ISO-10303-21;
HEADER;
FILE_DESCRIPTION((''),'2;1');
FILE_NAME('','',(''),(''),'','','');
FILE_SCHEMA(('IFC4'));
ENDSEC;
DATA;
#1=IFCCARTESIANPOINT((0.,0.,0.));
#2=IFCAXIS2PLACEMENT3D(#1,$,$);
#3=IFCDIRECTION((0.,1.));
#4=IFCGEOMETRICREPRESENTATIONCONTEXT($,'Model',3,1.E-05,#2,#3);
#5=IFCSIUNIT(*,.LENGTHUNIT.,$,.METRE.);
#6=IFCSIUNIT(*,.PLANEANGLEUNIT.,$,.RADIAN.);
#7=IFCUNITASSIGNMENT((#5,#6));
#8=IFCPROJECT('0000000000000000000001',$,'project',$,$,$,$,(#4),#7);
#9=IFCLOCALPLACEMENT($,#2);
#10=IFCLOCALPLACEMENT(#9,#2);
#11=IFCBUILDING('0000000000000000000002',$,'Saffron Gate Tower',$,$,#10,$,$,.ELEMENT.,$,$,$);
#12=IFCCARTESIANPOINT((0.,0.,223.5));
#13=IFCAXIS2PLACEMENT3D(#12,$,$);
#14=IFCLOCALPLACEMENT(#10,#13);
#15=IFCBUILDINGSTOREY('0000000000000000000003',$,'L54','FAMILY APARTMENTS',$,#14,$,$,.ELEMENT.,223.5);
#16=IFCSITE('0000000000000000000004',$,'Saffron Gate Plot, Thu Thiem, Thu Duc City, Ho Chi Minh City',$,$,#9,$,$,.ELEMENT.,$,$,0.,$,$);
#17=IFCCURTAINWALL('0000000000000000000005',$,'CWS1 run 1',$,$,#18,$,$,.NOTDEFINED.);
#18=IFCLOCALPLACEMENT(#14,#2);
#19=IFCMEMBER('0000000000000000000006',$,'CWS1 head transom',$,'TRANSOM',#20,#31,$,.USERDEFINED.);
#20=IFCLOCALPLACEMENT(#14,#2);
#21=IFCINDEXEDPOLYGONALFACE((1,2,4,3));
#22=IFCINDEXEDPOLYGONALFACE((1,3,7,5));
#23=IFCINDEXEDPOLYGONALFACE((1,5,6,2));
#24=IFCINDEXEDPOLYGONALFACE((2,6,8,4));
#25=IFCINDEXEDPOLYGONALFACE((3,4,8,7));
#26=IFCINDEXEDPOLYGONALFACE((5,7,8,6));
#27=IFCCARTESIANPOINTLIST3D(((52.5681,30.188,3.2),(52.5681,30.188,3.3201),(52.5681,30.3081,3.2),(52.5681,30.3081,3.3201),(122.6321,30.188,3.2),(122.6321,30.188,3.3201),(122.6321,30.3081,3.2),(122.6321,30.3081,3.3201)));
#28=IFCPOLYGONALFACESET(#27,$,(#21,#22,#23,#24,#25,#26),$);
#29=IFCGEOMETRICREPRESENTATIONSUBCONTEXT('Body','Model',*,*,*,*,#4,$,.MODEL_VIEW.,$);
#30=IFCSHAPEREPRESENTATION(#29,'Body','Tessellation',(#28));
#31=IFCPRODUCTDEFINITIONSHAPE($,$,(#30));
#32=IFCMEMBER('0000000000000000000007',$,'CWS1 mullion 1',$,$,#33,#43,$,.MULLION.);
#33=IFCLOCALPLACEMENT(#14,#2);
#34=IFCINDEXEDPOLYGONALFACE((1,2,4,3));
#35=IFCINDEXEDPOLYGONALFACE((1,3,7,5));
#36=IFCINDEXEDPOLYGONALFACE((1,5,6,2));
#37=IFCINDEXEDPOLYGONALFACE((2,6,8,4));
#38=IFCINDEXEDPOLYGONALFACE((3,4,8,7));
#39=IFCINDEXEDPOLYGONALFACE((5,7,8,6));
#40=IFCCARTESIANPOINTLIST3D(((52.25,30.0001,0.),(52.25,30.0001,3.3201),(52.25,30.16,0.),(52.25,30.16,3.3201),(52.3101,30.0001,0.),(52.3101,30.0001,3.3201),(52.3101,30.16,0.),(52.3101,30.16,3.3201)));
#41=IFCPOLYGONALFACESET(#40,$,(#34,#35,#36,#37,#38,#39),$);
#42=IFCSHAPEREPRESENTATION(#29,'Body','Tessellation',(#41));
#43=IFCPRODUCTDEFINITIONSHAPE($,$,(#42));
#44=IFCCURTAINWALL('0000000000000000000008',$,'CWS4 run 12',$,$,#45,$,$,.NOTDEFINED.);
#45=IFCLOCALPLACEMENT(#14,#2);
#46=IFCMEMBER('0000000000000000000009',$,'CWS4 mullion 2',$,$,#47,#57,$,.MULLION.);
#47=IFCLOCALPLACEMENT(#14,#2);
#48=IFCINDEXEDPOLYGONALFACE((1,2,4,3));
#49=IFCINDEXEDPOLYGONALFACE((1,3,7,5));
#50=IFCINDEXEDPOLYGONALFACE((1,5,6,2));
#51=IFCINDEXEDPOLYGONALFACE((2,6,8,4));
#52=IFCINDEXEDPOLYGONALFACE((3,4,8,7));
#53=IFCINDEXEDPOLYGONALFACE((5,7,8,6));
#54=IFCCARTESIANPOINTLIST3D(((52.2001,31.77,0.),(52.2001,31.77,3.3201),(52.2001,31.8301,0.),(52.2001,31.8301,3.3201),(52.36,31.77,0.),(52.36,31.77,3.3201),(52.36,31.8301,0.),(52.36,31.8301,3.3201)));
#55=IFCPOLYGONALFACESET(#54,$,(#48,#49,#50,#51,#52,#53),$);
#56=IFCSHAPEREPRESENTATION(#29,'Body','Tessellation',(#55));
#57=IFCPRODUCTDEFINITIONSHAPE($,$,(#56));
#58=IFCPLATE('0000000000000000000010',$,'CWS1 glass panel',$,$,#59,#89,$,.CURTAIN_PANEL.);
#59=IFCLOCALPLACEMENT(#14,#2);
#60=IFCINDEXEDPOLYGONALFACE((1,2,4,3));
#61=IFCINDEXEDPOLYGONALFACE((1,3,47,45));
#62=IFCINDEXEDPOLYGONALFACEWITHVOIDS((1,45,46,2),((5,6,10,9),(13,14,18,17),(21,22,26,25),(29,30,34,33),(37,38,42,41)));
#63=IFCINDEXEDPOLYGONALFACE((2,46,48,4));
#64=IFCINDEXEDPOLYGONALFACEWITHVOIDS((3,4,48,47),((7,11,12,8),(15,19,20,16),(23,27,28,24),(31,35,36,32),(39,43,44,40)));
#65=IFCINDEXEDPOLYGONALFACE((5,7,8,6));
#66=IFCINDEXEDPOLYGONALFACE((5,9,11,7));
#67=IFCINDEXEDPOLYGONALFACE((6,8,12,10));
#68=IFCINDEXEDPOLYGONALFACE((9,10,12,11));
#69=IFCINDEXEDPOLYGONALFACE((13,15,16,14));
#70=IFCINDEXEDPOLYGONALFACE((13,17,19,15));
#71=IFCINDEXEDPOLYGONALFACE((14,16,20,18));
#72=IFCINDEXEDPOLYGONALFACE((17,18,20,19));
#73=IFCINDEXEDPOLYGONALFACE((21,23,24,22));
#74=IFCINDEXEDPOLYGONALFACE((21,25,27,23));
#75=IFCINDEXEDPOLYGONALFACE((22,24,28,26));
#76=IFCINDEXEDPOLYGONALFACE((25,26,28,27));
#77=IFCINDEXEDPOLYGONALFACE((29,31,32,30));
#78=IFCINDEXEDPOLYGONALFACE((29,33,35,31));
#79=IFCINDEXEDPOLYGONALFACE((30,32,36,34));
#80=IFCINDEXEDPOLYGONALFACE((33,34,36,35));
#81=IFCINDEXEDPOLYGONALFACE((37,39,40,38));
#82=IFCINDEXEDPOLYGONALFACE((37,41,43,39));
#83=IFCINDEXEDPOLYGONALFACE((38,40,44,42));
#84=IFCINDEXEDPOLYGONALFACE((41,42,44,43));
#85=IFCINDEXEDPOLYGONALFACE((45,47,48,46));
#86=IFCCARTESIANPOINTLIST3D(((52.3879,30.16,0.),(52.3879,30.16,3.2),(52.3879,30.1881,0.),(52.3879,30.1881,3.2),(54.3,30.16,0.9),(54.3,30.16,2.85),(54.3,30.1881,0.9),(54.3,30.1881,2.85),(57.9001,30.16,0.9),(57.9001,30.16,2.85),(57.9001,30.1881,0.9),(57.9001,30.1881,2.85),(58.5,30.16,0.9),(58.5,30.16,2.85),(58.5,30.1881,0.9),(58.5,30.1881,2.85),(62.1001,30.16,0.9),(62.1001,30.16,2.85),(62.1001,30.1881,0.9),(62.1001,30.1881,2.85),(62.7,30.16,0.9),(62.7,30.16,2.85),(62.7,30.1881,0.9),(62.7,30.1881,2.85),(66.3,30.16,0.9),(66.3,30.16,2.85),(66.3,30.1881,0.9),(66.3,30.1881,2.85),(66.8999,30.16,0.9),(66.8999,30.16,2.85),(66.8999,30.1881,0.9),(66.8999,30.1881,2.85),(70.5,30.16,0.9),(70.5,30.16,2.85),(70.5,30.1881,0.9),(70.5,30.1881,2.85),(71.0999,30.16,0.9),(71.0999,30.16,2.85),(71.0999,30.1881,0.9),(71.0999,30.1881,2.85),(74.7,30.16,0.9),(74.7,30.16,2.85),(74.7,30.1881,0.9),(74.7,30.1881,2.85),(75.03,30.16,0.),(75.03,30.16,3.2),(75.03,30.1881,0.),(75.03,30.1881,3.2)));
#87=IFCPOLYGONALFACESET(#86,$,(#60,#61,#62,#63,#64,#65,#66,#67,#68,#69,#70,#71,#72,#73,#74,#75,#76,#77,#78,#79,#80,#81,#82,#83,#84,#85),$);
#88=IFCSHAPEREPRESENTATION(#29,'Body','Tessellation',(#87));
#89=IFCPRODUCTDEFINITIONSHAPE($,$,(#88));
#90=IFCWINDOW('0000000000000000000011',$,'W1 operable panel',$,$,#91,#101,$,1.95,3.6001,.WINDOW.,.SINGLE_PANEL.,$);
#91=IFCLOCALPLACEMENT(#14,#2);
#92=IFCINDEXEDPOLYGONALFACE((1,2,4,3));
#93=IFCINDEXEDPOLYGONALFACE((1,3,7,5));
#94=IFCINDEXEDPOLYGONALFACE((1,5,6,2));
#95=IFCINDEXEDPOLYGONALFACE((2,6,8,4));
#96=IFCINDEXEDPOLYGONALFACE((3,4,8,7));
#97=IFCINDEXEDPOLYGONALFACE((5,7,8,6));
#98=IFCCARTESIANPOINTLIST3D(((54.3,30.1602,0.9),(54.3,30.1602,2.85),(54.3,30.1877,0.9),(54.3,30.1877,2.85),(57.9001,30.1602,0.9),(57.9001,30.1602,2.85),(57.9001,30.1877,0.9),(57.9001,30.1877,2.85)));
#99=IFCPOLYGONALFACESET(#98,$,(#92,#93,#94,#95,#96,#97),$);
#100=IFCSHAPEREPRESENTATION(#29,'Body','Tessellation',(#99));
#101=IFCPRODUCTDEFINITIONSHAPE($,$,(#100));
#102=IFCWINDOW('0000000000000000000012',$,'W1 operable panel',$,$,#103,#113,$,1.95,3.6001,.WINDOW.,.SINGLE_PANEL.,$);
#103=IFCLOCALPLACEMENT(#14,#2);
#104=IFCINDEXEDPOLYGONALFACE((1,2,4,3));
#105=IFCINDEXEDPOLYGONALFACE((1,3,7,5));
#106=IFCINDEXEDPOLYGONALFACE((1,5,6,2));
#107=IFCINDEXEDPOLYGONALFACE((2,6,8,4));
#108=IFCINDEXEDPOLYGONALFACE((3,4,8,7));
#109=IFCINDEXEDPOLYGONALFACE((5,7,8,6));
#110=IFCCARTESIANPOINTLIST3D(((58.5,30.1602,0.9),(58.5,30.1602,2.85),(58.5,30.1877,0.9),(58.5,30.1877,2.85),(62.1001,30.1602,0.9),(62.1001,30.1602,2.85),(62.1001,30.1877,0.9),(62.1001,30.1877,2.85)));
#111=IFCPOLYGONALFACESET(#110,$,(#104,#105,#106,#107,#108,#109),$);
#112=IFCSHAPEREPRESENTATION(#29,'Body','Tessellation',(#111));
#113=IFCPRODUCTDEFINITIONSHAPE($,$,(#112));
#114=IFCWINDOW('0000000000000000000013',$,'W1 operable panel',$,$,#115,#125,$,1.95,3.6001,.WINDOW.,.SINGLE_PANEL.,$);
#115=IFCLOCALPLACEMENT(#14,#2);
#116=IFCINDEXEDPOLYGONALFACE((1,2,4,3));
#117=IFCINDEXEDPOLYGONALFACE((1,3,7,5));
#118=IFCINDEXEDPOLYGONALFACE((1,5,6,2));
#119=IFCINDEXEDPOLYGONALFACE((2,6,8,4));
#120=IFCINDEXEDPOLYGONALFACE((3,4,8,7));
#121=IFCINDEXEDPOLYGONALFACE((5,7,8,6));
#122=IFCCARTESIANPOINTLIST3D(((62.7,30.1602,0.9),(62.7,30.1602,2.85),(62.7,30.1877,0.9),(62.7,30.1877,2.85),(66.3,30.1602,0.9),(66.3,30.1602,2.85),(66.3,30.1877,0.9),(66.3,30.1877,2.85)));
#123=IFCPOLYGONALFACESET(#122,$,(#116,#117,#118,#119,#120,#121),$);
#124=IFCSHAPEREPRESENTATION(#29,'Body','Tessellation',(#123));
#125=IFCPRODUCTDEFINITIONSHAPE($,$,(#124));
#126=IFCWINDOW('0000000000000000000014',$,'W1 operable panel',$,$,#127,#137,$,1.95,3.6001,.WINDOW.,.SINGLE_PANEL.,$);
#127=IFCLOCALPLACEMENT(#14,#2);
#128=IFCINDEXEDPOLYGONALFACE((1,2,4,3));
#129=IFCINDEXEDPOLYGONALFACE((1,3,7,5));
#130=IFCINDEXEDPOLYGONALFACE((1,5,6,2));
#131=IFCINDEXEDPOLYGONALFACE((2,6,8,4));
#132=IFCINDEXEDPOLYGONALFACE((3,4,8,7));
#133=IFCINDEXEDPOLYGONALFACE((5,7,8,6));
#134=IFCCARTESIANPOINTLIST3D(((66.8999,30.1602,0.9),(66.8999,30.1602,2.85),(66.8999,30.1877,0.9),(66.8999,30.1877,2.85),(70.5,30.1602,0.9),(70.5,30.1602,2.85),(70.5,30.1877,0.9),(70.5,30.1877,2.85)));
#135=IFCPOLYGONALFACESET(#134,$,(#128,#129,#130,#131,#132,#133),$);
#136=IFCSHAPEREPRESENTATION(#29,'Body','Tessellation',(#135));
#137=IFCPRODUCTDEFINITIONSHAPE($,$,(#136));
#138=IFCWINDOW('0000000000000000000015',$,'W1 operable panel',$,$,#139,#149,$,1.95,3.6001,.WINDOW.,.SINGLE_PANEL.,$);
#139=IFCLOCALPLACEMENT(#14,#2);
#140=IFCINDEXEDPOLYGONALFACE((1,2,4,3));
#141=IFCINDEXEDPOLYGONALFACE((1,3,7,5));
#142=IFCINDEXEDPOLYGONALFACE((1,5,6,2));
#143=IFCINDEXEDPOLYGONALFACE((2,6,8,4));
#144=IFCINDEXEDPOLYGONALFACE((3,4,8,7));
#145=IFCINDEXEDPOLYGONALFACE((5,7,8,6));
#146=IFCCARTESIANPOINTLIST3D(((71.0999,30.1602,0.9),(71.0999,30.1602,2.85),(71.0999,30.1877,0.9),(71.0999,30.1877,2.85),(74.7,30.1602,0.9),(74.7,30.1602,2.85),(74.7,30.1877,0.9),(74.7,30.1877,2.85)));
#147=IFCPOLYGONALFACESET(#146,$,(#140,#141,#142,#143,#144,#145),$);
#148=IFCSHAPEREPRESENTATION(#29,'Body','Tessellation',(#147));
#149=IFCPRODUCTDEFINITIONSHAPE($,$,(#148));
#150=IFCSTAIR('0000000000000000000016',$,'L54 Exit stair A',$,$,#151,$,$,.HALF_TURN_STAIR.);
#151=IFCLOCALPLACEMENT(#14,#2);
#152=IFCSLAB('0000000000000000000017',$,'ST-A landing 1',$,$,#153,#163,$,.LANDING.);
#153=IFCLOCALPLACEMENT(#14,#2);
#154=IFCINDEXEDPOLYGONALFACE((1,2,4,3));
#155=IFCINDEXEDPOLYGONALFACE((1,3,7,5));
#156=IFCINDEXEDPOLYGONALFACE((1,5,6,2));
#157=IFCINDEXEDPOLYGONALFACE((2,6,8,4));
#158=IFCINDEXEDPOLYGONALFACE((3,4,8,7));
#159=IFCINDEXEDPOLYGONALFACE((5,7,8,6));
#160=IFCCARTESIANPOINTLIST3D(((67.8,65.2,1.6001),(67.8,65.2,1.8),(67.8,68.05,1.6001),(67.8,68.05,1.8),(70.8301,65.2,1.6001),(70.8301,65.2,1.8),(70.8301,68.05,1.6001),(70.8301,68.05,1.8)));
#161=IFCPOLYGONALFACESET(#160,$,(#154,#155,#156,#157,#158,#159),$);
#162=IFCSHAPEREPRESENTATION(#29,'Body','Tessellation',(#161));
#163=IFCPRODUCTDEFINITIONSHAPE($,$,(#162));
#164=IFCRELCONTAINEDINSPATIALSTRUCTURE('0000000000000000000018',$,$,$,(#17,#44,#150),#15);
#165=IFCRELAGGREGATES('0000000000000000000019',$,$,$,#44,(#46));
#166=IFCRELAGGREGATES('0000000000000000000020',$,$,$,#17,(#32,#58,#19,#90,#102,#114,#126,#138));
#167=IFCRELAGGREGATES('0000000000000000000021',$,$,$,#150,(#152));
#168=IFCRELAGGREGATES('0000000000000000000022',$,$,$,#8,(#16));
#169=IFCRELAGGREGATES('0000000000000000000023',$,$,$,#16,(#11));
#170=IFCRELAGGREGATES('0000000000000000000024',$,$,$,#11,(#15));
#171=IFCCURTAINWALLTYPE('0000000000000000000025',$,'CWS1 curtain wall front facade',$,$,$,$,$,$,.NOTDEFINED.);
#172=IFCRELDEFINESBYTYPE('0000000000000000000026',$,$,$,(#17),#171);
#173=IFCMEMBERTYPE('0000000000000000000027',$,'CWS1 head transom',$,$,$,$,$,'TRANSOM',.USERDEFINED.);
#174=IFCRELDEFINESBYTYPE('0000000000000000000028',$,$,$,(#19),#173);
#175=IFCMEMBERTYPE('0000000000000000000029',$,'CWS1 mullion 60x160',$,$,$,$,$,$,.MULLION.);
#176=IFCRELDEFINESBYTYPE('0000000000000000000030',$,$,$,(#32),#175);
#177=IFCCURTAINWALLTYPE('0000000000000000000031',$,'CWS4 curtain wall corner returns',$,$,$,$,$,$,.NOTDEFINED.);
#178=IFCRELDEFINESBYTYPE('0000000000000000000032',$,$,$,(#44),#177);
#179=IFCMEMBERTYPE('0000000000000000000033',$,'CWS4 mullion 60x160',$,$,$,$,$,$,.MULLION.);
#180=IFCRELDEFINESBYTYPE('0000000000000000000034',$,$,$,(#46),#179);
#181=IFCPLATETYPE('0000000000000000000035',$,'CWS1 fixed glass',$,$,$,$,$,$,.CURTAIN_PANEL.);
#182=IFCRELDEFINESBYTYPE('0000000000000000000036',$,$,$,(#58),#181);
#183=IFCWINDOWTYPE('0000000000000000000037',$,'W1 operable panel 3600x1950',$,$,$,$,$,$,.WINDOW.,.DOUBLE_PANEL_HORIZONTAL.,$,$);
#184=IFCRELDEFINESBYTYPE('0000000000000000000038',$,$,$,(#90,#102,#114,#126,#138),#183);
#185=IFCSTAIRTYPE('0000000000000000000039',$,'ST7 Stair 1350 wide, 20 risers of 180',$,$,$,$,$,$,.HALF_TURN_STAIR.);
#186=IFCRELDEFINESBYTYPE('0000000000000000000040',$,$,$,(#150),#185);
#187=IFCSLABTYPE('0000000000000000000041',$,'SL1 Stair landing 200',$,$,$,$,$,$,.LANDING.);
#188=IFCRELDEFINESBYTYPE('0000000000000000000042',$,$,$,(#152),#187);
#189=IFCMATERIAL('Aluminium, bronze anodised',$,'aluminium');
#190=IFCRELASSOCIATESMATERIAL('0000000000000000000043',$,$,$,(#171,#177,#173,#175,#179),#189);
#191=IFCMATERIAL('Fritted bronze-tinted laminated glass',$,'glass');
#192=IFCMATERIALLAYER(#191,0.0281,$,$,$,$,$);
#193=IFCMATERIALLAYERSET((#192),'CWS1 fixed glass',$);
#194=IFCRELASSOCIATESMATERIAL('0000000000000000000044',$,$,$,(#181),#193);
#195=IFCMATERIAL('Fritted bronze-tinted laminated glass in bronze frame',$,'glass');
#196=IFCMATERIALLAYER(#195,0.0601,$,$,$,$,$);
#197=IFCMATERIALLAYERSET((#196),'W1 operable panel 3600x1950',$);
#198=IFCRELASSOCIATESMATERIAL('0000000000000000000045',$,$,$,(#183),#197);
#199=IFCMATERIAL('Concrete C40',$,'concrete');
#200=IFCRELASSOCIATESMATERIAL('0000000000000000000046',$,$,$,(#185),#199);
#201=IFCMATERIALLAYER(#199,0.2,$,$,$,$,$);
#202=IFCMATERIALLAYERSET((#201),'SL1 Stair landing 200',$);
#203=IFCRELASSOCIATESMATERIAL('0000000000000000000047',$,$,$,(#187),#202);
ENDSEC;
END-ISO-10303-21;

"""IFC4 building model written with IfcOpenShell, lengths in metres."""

from ifc_helpers import new_model, si_unit, direction, frame, frame_2d, origin, origin_2d, place, context, subcontext, project, spatial, polyline, rectangle, outline, extrude, material, layer, layer_set, material_profile, profile_set, type_object, element, fill, aggregate, save


model = new_model("IFC4")

# Units and contexts
model_context = context("Model", 3, precision=1e-05, world=origin(), true_north=direction((0.0, 1.0)))
body_context = subcontext(model_context, "Body", "Model", "MODEL_VIEW")
ifc_project = project(units=[si_unit("LENGTHUNIT", "METRE"), si_unit("PLANEANGLEUNIT", "RADIAN")], contexts=[model_context])

# Site, building, storey
site_placement = place(None, origin())
site = spatial("IfcSite", under=ifc_project, at=site_placement, Name="Saffron Gate Plot, Thu Thiem, Thu Duc City, Ho Chi Minh City", CompositionType="ELEMENT", RefElevation=0.0)
building_placement = place(site_placement, origin())
building = spatial("IfcBuilding", under=site, at=building_placement, Name="Saffron Gate Tower", CompositionType="ELEMENT")
storey_placement = place(building_placement, frame((0.0, 0.0, 223.5)))
storey = spatial("IfcBuildingStorey", under=building, at=storey_placement, Name="L54", Description="FAMILY APARTMENTS", CompositionType="ELEMENT", Elevation=223.5)

# Curtain wall, members
ifc_material_1 = material(Name="Aluminium, bronze anodised", Category="aluminium")
curtain_wall_type_1 = type_object("IfcCurtainWallType", Name="CWS1 curtain wall front facade", PredefinedType="NOTDEFINED", material=ifc_material_1)
curtain_wall_1_placement = place(storey_placement, origin())
curtain_wall_1 = element("IfcCurtainWall", 1, at=curtain_wall_1_placement, inside=storey, type_object=curtain_wall_type_1, Name="CWS1 run 1", PredefinedType="NOTDEFINED")
ifc_material_profile_1 = material_profile(ifc_material_1, rectangle(XDim=0.1201, YDim=0.1201, at=origin_2d()))
ifc_profile_set_1 = profile_set([ifc_material_profile_1], Name="Aluminium, bronze anodised")
member_type_1 = type_object("IfcMemberType", Name="CWS1 head transom", ElementType="TRANSOM", PredefinedType="USERDEFINED", material=ifc_profile_set_1)
member_1_placement = place(storey_placement, frame((52.5681, 30.248, 3.26), z_axis=(1.0, 0.0, 0.0), x_axis=(0.0, 1.0, 0.0)))
member_1 = element("IfcMember", 2, at=member_1_placement, type_object=member_type_1, Name="CWS1 head transom", ObjectType="TRANSOM", PredefinedType="USERDEFINED", context=body_context, shape_type="SweptSolid", body=[
    extrude(rectangle(XDim=0.1201, YDim=0.1201, at=origin_2d()), origin(), (0.0, 0.0, 1.0), 70.064),
])
ifc_material_profile_2 = material_profile(ifc_material_1, rectangle(XDim=0.1599, YDim=0.0601, at=origin_2d()))
ifc_profile_set_2 = profile_set([ifc_material_profile_2], Name="Aluminium, bronze anodised")
member_type_2 = type_object("IfcMemberType", Name="CWS1 mullion 60x160", PredefinedType="MULLION", material=ifc_profile_set_2)
member_2_placement = place(storey_placement, frame((52.28, 30.0801, 0.0), z_axis=(0.0, 0.0, 1.0), x_axis=(0.0, 1.0, 0.0)))
member_2 = element("IfcMember", 3, at=member_2_placement, type_object=member_type_2, Name="CWS1 mullion 1", PredefinedType="MULLION", context=body_context, shape_type="SweptSolid", body=[
    extrude(rectangle(XDim=0.1599, YDim=0.0601, at=origin_2d()), origin(), (0.0, 0.0, 1.0), 3.3201),
])

# Curtain wall, member
curtain_wall_type_2 = type_object("IfcCurtainWallType", Name="CWS4 curtain wall corner returns", PredefinedType="NOTDEFINED", material=ifc_material_1)
curtain_wall_2_placement = place(storey_placement, origin())
curtain_wall_2 = element("IfcCurtainWall", 4, at=curtain_wall_2_placement, inside=storey, type_object=curtain_wall_type_2, Name="CWS4 run 12", PredefinedType="NOTDEFINED")
ifc_material_profile_3 = material_profile(ifc_material_1, rectangle(XDim=0.1599, YDim=0.0601, at=origin_2d()))
ifc_profile_set_3 = profile_set([ifc_material_profile_3], Name="Aluminium, bronze anodised")
member_type_3 = type_object("IfcMemberType", Name="CWS4 mullion 60x160", PredefinedType="MULLION", material=ifc_profile_set_3)
member_3_placement = place(storey_placement, frame((52.28, 31.8, 0.0), z_axis=(0.0, 0.0, 1.0), x_axis=(1.0, 0.0, 0.0)))
member_3 = element("IfcMember", 5, at=member_3_placement, type_object=member_type_3, Name="CWS4 mullion 2", PredefinedType="MULLION", context=body_context, shape_type="SweptSolid", body=[
    extrude(rectangle(XDim=0.1599, YDim=0.0601, at=origin_2d()), origin(), (0.0, 0.0, 1.0), 3.3201),
])
aggregate(curtain_wall_2, [member_3])

# Plate, openings, windows
ifc_material_2 = material(Name="Fritted bronze-tinted laminated glass", Category="glass")
ifc_layer_1 = layer(ifc_material_2, 0.0281)
ifc_layer_set_1 = layer_set([ifc_layer_1], Name="CWS1 fixed glass")
plate_type_1 = type_object("IfcPlateType", Name="CWS1 fixed glass", PredefinedType="CURTAIN_PANEL", material=ifc_layer_set_1)
plate_1_placement = place(storey_placement, frame((52.3879, 30.1741, 0.0), z_axis=(0.0, 0.0, 1.0), x_axis=(1.0, 0.0, 0.0)))
plate_1 = element("IfcPlate", 6, at=plate_1_placement, type_object=plate_type_1, Name="CWS1 glass panel", PredefinedType="CURTAIN_PANEL", context=body_context, shape_type="SweptSolid", body=[
    extrude(rectangle(XDim=22.6421, YDim=0.0281, at=frame_2d((11.321, 0.0))), origin(), (0.0, 0.0, 1.0), 3.2),
])
opening_1_placement = place(plate_1_placement, frame((1.9121, 0.0, 0.8999)))
opening_1 = element("IfcOpeningElement", 7, at=opening_1_placement, cuts=plate_1, PredefinedType="OPENING", context=body_context, shape_type="SweptSolid", body=[
    extrude(rectangle(XDim=3.6001, YDim=1.95, at=frame_2d((1.8, 0.9751))), frame((0.0, 0.0239, 0.0), z_axis=(0.0, -1.0, 0.0), x_axis=(1.0, 0.0, 0.0)), (0.0, 0.0, 1.0), 0.0481),
])
opening_2_placement = place(plate_1_placement, frame((6.1121, 0.0, 0.8999)))
opening_2 = element("IfcOpeningElement", 8, at=opening_2_placement, cuts=plate_1, PredefinedType="OPENING", context=body_context, shape_type="SweptSolid", body=[
    extrude(rectangle(XDim=3.6001, YDim=1.95, at=frame_2d((1.8, 0.9751))), frame((0.0, 0.0239, 0.0), z_axis=(0.0, -1.0, 0.0), x_axis=(1.0, 0.0, 0.0)), (0.0, 0.0, 1.0), 0.0481),
])
opening_3_placement = place(plate_1_placement, frame((10.312, 0.0, 0.8999)))
opening_3 = element("IfcOpeningElement", 9, at=opening_3_placement, cuts=plate_1, PredefinedType="OPENING", context=body_context, shape_type="SweptSolid", body=[
    extrude(rectangle(XDim=3.6001, YDim=1.95, at=frame_2d((1.8, 0.9751))), frame((0.0, 0.0239, 0.0), z_axis=(0.0, -1.0, 0.0), x_axis=(1.0, 0.0, 0.0)), (0.0, 0.0, 1.0), 0.0481),
])
opening_4_placement = place(plate_1_placement, frame((14.512, 0.0, 0.8999)))
opening_4 = element("IfcOpeningElement", 10, at=opening_4_placement, cuts=plate_1, PredefinedType="OPENING", context=body_context, shape_type="SweptSolid", body=[
    extrude(rectangle(XDim=3.6001, YDim=1.95, at=frame_2d((1.8, 0.9751))), frame((0.0, 0.0239, 0.0), z_axis=(0.0, -1.0, 0.0), x_axis=(1.0, 0.0, 0.0)), (0.0, 0.0, 1.0), 0.0481),
])
opening_5_placement = place(plate_1_placement, frame((18.7119, 0.0, 0.8999)))
opening_5 = element("IfcOpeningElement", 11, at=opening_5_placement, cuts=plate_1, PredefinedType="OPENING", context=body_context, shape_type="SweptSolid", body=[
    extrude(rectangle(XDim=3.6001, YDim=1.95, at=frame_2d((1.8, 0.9751))), frame((0.0, 0.0239, 0.0), z_axis=(0.0, -1.0, 0.0), x_axis=(1.0, 0.0, 0.0)), (0.0, 0.0, 1.0), 0.0481),
])
ifc_material_3 = material(Name="Fritted bronze-tinted laminated glass in bronze frame", Category="glass")
ifc_layer_2 = layer(ifc_material_3, 0.0601)
ifc_layer_set_2 = layer_set([ifc_layer_2], Name="W1 operable panel 3600x1950")
window_type = type_object("IfcWindowType", Name="W1 operable panel 3600x1950", PartitioningType="DOUBLE_PANEL_HORIZONTAL", PredefinedType="WINDOW", material=ifc_layer_set_2)
window_1_placement = place(opening_1_placement, origin())
window_1 = element("IfcWindow", 12, at=window_1_placement, type_object=window_type, Name="W1 operable panel", OverallHeight=1.95, OverallWidth=3.6001, PartitioningType="SINGLE_PANEL", PredefinedType="WINDOW", context=body_context, shape_type="SweptSolid", body=[
    extrude(rectangle(XDim=3.6001, YDim=1.95, at=frame_2d((1.8, 0.9751))), frame((0.0, 0.0137, 0.0), z_axis=(0.0, -1.0, 0.0), x_axis=(1.0, 0.0, 0.0)), (0.0, 0.0, 1.0), 0.0276),
])
fill(opening_1, window_1)
window_2_placement = place(opening_2_placement, origin())
window_2 = element("IfcWindow", 13, at=window_2_placement, type_object=window_type, Name="W1 operable panel", OverallHeight=1.95, OverallWidth=3.6001, PartitioningType="SINGLE_PANEL", PredefinedType="WINDOW", context=body_context, shape_type="SweptSolid", body=[
    extrude(rectangle(XDim=3.6001, YDim=1.95, at=frame_2d((1.8, 0.9751))), frame((0.0, 0.0137, 0.0), z_axis=(0.0, -1.0, 0.0), x_axis=(1.0, 0.0, 0.0)), (0.0, 0.0, 1.0), 0.0276),
])
fill(opening_2, window_2)
window_3_placement = place(opening_3_placement, origin())
window_3 = element("IfcWindow", 14, at=window_3_placement, type_object=window_type, Name="W1 operable panel", OverallHeight=1.95, OverallWidth=3.6001, PartitioningType="SINGLE_PANEL", PredefinedType="WINDOW", context=body_context, shape_type="SweptSolid", body=[
    extrude(rectangle(XDim=3.6001, YDim=1.95, at=frame_2d((1.8, 0.9751))), frame((0.0, 0.0137, 0.0), z_axis=(0.0, -1.0, 0.0), x_axis=(1.0, 0.0, 0.0)), (0.0, 0.0, 1.0), 0.0276),
])
fill(opening_3, window_3)
window_4_placement = place(opening_4_placement, origin())
window_4 = element("IfcWindow", 15, at=window_4_placement, type_object=window_type, Name="W1 operable panel", OverallHeight=1.95, OverallWidth=3.6001, PartitioningType="SINGLE_PANEL", PredefinedType="WINDOW", context=body_context, shape_type="SweptSolid", body=[
    extrude(rectangle(XDim=3.6001, YDim=1.95, at=frame_2d((1.8, 0.9751))), frame((0.0, 0.0137, 0.0), z_axis=(0.0, -1.0, 0.0), x_axis=(1.0, 0.0, 0.0)), (0.0, 0.0, 1.0), 0.0276),
])
fill(opening_4, window_4)
window_5_placement = place(opening_5_placement, origin())
window_5 = element("IfcWindow", 16, at=window_5_placement, type_object=window_type, Name="W1 operable panel", OverallHeight=1.95, OverallWidth=3.6001, PartitioningType="SINGLE_PANEL", PredefinedType="WINDOW", context=body_context, shape_type="SweptSolid", body=[
    extrude(rectangle(XDim=3.6001, YDim=1.95, at=frame_2d((1.8, 0.9751))), frame((0.0, 0.0137, 0.0), z_axis=(0.0, -1.0, 0.0), x_axis=(1.0, 0.0, 0.0)), (0.0, 0.0, 1.0), 0.0276),
])
fill(opening_5, window_5)
aggregate(curtain_wall_1, [member_2, plate_1, member_1, window_1, window_2, window_3, window_4, window_5])

# Stair, slab
ifc_material_4 = material(Name="Concrete C40", Category="concrete")
stair_type = type_object("IfcStairType", Name="ST7 Stair 1350 wide, 20 risers of 180", PredefinedType="HALF_TURN_STAIR", material=ifc_material_4)
stair_1_placement = place(storey_placement, origin())
stair_1 = element("IfcStair", 17, at=stair_1_placement, inside=storey, type_object=stair_type, Name="L54 Exit stair A", PredefinedType="HALF_TURN_STAIR")
ifc_layer_3 = layer(ifc_material_4, 0.2)
ifc_layer_set_3 = layer_set([ifc_layer_3], Name="SL1 Stair landing 200")
slab_type_1 = type_object("IfcSlabType", Name="SL1 Stair landing 200", PredefinedType="LANDING", material=ifc_layer_set_3)
slab_1_placement = place(storey_placement, frame((0.0, 0.0, 1.6001)))
slab_1 = element("IfcSlab", 18, at=slab_1_placement, type_object=slab_type_1, Name="ST-A landing 1", PredefinedType="LANDING", context=body_context, shape_type="SweptSolid", body=[
    extrude(outline(polyline([(70.8301, 68.05), (67.8, 68.05), (67.8, 65.2), (70.8301, 65.2), (70.8301, 68.05)])), origin(), (0.0, 0.0, 1.0), 0.2),
])
aggregate(stair_1, [slab_1])

save(model, "model.ifc")
